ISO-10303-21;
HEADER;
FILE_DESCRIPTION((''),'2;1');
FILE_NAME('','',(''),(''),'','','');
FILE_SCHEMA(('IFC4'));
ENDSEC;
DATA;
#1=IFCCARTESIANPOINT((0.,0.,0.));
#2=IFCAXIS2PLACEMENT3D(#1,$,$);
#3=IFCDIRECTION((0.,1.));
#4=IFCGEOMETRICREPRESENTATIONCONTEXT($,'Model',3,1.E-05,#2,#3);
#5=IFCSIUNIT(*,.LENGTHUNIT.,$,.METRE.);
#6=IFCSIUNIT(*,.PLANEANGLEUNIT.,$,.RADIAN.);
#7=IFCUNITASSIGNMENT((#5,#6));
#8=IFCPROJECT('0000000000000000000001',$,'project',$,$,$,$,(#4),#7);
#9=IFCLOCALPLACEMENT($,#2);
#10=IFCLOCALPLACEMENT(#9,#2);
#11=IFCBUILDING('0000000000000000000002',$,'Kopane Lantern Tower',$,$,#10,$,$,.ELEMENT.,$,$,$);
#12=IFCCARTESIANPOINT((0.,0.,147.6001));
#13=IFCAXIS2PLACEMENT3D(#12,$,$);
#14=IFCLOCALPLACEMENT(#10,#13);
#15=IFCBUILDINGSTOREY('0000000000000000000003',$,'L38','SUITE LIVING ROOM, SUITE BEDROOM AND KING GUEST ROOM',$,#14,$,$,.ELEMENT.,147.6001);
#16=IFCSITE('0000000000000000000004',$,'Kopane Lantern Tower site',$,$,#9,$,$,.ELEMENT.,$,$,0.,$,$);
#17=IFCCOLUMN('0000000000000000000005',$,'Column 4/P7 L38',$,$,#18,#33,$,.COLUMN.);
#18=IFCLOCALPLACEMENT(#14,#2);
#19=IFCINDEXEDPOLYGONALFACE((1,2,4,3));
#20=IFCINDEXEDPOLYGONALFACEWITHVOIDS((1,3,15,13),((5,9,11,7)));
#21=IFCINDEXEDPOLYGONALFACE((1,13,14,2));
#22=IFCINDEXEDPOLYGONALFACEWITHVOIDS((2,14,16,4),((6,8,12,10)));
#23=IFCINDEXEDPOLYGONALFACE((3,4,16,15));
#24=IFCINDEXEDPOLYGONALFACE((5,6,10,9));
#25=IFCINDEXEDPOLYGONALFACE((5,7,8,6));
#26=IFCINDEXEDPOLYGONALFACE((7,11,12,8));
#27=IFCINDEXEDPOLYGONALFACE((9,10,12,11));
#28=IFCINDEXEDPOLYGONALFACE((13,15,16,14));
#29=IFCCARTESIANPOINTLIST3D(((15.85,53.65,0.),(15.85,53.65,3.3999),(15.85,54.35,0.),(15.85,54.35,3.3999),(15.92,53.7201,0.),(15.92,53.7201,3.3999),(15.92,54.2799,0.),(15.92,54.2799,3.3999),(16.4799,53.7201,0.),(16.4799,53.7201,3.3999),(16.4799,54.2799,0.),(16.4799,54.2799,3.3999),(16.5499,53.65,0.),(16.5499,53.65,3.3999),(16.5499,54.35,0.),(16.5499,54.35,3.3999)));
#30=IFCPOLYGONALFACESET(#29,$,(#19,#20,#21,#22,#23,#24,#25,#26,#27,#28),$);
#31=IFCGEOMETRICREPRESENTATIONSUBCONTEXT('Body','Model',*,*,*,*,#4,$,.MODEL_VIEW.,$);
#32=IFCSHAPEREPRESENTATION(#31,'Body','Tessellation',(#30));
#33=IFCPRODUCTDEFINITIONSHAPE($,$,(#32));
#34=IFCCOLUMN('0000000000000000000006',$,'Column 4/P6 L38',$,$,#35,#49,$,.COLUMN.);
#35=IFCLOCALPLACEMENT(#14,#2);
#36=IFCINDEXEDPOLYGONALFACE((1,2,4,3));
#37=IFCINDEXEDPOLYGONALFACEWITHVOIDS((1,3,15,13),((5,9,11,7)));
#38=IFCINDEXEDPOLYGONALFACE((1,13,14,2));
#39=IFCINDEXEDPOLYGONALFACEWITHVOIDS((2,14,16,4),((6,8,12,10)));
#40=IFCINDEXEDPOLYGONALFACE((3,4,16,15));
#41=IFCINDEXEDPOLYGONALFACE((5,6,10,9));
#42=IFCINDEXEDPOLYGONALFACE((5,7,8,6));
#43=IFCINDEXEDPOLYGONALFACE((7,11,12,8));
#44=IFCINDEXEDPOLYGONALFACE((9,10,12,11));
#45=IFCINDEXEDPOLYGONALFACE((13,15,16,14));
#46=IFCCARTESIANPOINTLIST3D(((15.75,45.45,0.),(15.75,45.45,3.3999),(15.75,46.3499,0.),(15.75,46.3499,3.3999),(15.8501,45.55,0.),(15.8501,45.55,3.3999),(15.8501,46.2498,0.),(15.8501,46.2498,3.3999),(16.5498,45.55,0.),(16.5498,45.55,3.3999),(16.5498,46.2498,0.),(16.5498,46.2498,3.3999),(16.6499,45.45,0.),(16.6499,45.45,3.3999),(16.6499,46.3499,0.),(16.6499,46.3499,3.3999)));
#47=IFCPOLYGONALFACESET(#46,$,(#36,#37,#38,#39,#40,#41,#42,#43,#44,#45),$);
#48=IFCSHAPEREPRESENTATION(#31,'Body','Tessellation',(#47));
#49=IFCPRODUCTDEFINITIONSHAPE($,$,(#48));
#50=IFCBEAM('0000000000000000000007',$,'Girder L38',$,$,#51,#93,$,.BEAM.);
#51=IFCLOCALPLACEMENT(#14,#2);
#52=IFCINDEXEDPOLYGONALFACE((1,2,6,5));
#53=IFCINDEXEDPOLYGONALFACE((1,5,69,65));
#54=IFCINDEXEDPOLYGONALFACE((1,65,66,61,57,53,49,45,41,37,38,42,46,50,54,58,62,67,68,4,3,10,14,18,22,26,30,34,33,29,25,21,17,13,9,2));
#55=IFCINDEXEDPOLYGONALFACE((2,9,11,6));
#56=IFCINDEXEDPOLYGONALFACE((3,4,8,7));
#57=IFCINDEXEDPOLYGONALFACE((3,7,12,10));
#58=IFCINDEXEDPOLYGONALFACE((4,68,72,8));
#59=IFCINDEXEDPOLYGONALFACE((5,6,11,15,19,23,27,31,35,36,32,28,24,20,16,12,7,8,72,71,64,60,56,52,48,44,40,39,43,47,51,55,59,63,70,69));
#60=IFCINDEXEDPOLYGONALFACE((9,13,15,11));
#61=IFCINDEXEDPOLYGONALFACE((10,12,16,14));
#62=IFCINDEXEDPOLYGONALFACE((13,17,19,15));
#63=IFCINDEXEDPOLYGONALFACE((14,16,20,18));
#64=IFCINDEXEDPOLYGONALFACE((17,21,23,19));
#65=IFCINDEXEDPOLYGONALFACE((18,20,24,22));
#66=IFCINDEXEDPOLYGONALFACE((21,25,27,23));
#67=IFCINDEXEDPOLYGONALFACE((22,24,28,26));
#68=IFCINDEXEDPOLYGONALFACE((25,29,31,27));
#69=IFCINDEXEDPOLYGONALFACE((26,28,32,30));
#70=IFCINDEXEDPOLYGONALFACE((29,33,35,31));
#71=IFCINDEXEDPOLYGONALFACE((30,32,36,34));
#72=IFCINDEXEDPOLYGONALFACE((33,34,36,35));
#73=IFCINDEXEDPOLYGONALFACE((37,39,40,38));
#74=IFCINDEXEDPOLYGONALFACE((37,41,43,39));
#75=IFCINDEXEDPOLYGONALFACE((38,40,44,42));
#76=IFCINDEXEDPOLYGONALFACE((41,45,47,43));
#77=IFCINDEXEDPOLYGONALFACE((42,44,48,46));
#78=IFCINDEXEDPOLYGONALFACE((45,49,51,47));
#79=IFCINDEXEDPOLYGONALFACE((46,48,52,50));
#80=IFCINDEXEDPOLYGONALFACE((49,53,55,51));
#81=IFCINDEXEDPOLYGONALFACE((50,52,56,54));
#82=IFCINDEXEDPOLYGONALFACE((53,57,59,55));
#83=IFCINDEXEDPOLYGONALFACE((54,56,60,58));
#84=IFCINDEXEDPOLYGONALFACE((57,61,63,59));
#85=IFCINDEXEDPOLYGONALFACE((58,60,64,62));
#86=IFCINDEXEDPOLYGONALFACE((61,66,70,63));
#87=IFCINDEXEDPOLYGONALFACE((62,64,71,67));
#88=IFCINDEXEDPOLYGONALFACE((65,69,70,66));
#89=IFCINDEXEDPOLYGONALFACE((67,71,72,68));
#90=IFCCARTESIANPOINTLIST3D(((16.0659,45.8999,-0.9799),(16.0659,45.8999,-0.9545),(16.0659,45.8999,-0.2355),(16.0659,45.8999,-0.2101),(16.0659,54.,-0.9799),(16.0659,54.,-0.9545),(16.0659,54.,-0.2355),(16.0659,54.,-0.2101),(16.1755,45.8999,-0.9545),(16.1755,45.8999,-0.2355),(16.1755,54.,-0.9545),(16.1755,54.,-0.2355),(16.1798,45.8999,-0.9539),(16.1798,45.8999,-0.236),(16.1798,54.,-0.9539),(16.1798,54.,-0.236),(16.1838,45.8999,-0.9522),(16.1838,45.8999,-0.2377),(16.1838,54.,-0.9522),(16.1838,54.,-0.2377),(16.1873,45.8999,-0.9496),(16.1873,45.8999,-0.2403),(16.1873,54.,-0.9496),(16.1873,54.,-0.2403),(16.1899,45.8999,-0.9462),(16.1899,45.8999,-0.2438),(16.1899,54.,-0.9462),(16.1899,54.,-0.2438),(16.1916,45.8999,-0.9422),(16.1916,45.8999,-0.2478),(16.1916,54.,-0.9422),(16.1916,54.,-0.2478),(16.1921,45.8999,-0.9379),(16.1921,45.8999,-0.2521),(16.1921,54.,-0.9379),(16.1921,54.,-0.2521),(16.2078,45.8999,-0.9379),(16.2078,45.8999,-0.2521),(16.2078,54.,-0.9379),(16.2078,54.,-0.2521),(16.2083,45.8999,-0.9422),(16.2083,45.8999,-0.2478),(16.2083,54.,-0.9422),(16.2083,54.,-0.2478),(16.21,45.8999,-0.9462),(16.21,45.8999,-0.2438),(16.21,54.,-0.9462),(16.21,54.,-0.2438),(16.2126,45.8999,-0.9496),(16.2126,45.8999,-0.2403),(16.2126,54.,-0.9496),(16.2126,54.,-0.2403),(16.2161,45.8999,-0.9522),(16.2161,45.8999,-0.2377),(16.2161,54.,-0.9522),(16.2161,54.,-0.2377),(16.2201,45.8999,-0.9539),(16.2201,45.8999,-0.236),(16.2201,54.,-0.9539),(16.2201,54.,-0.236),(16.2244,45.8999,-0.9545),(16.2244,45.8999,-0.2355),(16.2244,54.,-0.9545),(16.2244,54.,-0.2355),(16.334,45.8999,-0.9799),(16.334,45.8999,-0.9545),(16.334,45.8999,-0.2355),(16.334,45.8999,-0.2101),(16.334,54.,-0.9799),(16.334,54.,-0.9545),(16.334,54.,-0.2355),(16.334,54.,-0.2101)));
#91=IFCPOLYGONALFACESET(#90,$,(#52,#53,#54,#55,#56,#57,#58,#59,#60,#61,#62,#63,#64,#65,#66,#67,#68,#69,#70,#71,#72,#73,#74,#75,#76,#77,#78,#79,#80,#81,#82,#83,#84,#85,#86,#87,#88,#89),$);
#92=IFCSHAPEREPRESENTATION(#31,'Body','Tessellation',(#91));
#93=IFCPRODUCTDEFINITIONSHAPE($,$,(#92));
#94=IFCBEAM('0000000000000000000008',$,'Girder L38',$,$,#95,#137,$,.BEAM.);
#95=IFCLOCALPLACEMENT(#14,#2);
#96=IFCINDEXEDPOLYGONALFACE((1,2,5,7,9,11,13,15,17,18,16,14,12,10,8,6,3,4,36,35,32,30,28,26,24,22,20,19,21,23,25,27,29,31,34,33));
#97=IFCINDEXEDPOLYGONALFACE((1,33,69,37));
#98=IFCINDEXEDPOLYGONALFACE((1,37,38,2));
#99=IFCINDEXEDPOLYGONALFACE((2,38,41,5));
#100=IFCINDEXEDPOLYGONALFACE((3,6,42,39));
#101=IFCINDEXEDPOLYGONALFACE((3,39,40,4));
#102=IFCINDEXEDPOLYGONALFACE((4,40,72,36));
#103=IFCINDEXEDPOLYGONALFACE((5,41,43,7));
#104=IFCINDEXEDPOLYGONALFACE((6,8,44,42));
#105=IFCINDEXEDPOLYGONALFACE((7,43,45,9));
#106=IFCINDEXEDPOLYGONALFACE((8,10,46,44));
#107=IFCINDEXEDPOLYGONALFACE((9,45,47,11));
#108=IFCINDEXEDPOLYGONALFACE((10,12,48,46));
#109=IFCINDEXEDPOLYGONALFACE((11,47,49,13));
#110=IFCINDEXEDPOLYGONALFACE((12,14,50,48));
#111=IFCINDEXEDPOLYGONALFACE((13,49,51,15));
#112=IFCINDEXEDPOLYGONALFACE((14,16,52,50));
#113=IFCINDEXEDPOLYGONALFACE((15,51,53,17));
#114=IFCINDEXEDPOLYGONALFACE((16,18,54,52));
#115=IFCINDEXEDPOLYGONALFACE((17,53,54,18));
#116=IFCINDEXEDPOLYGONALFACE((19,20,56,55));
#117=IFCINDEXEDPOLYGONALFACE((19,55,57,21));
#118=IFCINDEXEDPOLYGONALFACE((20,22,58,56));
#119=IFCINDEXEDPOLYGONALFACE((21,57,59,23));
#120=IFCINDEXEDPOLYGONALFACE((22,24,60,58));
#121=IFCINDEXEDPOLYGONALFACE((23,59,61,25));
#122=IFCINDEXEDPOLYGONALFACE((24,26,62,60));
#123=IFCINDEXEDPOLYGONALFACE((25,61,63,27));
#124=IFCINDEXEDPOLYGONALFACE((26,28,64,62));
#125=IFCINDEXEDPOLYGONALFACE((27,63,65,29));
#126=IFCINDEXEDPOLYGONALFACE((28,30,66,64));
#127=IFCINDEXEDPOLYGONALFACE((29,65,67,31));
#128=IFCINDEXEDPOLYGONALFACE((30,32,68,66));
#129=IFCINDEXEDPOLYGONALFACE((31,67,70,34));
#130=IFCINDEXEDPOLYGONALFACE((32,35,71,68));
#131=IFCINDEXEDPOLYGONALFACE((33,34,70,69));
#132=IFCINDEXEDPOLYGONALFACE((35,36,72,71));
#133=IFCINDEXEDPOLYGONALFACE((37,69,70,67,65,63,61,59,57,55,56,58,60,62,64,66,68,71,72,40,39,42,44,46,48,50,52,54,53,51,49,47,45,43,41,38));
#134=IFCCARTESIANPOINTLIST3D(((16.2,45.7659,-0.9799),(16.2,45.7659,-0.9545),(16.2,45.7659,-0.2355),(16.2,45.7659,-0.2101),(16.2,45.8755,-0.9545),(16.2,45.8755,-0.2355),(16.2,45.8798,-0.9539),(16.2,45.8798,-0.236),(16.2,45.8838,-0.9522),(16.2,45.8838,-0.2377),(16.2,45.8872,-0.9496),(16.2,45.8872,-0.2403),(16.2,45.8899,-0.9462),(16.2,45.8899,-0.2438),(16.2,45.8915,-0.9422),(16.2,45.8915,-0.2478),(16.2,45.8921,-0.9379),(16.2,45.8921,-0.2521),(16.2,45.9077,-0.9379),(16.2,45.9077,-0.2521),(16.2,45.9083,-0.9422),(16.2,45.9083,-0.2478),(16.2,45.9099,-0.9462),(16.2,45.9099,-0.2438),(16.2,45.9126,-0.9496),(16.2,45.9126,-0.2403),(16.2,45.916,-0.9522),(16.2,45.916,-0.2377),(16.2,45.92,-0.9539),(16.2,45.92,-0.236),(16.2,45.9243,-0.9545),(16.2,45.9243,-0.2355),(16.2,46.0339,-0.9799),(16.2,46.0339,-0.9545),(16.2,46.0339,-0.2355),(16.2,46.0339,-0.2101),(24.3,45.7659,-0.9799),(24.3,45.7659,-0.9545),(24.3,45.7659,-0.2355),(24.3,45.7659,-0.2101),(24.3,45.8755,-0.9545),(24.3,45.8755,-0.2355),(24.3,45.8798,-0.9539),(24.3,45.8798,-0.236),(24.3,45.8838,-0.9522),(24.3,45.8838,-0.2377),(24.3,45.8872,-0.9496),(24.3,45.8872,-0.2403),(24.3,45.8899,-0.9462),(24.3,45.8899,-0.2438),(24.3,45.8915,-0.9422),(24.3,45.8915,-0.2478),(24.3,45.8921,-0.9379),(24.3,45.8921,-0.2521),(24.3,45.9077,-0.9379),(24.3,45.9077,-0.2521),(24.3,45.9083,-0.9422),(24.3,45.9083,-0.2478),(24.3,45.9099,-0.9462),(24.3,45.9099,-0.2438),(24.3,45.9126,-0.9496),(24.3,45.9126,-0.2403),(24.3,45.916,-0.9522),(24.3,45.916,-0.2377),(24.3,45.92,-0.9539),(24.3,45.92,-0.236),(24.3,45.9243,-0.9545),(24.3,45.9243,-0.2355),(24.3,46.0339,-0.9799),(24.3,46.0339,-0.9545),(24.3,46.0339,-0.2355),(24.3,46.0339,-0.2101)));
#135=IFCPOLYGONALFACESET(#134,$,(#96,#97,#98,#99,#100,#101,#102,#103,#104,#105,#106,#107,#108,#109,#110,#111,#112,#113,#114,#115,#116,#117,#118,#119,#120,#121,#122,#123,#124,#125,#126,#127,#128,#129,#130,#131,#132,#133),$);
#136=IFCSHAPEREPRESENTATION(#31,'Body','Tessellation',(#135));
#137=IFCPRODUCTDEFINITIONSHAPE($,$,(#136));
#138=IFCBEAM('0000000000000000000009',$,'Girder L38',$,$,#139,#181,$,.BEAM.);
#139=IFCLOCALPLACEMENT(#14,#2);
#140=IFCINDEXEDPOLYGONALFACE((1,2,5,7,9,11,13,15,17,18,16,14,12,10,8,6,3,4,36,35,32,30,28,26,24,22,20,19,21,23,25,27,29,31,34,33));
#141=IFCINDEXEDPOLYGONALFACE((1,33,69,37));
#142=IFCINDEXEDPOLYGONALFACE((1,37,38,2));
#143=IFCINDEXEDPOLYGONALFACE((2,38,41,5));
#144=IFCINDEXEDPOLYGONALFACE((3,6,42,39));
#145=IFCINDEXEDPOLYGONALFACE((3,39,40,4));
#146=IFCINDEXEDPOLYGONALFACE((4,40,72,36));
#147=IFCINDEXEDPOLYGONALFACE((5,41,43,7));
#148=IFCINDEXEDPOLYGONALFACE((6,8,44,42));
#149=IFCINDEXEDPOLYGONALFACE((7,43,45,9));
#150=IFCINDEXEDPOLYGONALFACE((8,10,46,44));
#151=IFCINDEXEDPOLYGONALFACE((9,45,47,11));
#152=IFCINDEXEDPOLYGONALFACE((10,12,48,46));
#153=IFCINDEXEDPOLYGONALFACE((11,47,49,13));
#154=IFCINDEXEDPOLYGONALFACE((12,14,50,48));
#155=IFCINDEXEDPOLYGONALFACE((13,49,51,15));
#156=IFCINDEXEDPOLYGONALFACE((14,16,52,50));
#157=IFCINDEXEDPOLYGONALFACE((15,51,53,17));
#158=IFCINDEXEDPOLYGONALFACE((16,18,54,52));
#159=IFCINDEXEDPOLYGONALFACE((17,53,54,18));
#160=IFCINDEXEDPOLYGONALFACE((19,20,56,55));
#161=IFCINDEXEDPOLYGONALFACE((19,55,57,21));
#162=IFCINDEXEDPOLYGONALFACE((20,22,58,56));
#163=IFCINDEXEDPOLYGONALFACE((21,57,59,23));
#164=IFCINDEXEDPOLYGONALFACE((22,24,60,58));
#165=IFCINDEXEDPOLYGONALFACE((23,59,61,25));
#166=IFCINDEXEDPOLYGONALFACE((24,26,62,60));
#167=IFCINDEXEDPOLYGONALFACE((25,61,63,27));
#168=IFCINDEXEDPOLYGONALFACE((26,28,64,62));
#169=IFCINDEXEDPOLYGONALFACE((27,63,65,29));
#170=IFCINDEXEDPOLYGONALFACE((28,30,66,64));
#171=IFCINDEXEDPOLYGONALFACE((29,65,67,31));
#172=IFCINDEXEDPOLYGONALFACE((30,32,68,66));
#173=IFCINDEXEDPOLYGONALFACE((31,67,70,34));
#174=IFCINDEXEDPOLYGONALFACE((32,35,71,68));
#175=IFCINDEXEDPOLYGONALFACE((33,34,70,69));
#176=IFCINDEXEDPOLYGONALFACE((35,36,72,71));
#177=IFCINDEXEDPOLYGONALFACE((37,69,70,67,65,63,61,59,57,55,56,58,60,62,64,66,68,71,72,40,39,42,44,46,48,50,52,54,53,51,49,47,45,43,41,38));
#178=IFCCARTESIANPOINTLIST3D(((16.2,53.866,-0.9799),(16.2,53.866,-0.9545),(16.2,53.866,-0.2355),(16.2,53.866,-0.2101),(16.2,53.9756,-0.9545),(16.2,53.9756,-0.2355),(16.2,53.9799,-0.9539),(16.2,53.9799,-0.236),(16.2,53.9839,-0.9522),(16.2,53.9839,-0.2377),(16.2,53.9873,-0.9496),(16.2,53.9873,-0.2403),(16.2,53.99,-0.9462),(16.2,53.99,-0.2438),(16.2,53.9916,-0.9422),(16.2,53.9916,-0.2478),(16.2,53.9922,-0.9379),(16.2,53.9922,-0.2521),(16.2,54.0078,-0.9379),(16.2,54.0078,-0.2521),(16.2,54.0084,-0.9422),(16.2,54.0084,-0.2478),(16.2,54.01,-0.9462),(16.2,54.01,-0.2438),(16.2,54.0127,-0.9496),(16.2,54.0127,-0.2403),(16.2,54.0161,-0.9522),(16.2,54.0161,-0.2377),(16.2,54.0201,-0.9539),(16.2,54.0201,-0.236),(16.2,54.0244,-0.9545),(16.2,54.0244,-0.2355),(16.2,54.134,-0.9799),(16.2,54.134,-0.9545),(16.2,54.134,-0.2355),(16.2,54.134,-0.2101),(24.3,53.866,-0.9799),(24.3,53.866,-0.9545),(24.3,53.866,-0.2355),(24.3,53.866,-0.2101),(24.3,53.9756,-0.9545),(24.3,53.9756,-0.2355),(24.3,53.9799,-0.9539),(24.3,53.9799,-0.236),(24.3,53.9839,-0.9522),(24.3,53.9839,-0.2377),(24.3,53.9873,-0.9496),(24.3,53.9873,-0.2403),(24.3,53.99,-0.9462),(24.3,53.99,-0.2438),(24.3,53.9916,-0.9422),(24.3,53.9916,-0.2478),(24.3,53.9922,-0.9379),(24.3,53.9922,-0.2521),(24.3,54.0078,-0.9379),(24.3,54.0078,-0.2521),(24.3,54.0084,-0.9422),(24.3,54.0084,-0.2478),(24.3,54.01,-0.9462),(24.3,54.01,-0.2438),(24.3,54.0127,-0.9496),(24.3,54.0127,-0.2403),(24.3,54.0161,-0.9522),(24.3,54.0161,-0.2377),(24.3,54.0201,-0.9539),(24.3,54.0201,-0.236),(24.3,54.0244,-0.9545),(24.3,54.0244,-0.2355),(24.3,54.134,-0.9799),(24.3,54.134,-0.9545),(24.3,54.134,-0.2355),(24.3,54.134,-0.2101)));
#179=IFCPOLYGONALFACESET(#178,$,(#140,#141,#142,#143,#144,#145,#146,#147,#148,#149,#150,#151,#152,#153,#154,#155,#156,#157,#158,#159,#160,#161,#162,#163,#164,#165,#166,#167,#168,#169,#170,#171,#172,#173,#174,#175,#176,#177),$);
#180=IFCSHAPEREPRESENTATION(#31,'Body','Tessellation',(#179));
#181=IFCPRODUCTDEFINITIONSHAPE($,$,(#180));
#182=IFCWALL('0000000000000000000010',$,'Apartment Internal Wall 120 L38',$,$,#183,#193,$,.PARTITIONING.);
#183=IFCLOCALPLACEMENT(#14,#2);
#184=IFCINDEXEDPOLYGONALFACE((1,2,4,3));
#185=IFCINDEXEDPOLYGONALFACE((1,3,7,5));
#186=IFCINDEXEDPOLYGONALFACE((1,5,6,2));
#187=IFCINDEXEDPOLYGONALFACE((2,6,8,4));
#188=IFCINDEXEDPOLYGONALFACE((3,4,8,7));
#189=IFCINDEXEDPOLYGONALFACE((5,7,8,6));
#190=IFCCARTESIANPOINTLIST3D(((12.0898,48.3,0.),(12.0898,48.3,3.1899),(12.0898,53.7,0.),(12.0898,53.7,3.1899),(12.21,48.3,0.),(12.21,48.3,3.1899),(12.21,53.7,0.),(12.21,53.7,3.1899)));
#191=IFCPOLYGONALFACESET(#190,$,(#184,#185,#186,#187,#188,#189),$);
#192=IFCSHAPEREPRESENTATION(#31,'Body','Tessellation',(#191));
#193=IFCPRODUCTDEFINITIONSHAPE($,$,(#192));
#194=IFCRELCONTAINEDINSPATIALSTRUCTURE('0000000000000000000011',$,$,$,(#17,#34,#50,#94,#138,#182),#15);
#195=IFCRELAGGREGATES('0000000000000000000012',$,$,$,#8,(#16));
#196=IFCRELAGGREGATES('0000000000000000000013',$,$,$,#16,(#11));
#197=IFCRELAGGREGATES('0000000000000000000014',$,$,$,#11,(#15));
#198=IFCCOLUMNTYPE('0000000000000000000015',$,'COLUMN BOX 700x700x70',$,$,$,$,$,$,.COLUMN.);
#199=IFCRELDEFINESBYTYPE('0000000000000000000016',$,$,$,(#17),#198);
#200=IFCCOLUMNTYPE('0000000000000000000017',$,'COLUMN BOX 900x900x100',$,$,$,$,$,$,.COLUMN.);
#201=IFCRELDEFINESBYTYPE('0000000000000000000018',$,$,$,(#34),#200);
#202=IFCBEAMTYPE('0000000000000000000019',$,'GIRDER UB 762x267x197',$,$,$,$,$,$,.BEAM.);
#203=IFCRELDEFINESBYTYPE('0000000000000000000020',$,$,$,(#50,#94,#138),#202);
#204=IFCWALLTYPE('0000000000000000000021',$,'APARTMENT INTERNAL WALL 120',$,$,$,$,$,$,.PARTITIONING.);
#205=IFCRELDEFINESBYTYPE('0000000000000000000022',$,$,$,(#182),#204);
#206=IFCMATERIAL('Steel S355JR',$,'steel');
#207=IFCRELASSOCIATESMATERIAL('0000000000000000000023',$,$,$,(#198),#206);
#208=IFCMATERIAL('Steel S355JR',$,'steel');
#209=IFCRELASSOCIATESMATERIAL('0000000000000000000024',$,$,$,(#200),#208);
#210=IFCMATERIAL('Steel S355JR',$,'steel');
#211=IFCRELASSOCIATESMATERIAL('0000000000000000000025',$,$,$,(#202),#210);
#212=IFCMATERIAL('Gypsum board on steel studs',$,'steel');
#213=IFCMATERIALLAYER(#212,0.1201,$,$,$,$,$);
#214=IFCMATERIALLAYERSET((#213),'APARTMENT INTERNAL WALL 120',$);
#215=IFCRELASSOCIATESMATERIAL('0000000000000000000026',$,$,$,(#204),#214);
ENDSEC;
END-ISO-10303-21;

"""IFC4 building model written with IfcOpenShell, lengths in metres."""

from ifc_helpers import new_model, si_unit, direction, frame, frame_2d, origin, origin_2d, place, context, subcontext, project, spatial, rectangle, hollow_rectangle, i_section, extrude, material, layer, layer_set, material_profile, profile_set, type_object, element, save


model = new_model("IFC4")

# Units and contexts
model_context = context("Model", 3, precision=1e-05, world=origin(), true_north=direction((0.0, 1.0)))
body_context = subcontext(model_context, "Body", "Model", "MODEL_VIEW")
ifc_project = project(units=[si_unit("LENGTHUNIT", "METRE"), si_unit("PLANEANGLEUNIT", "RADIAN")], contexts=[model_context])

# Site, building, storey
site_placement = place(None, origin())
site = spatial("IfcSite", under=ifc_project, at=site_placement, Name="Kopane Lantern Tower site", CompositionType="ELEMENT", RefElevation=0.0)
building_placement = place(site_placement, origin())
building = spatial("IfcBuilding", under=site, at=building_placement, Name="Kopane Lantern Tower", CompositionType="ELEMENT")
storey_placement = place(building_placement, frame((0.0, 0.0, 147.6001)))
storey = spatial("IfcBuildingStorey", under=building, at=storey_placement, Name="L38", Description="SUITE LIVING ROOM, SUITE BEDROOM AND KING GUEST ROOM", CompositionType="ELEMENT", Elevation=147.6001)

# Columns
ifc_material_1 = material(Name="Steel S355JR", Category="steel")
ifc_material_profile_1 = material_profile(ifc_material_1, hollow_rectangle(XDim=0.7, YDim=0.7, WallThickness=0.0701, at=origin_2d()), Name="BOX 700x700x70")
ifc_profile_set_1 = profile_set([ifc_material_profile_1], Name="Steel S355JR")
column_type_1 = type_object("IfcColumnType", Name="COLUMN BOX 700x700x70", PredefinedType="COLUMN", material=ifc_profile_set_1)
column_1_placement = place(storey_placement, frame((16.2, 54.0, 0.0), z_axis=(0.0, 0.0, 1.0), x_axis=(1.0, 0.0, 0.0)))
element("IfcColumn", 1, at=column_1_placement, inside=storey, type_object=column_type_1, Name="Column 4/P7 L38", PredefinedType="COLUMN", context=body_context, shape_type="SweptSolid", body=[
    extrude(hollow_rectangle(XDim=0.7, YDim=0.7, WallThickness=0.0701, at=origin_2d()), origin(), (0.0, 0.0, 1.0), 3.3999),
])
ifc_material_2 = material(Name="Steel S355JR", Category="steel")
ifc_material_profile_2 = material_profile(ifc_material_2, hollow_rectangle(XDim=0.8999, YDim=0.8999, WallThickness=0.1001, at=origin_2d()), Name="BOX 900x900x100")
ifc_profile_set_2 = profile_set([ifc_material_profile_2], Name="Steel S355JR")
column_type_2 = type_object("IfcColumnType", Name="COLUMN BOX 900x900x100", PredefinedType="COLUMN", material=ifc_profile_set_2)
column_2_placement = place(storey_placement, frame((16.2, 45.8999, 0.0), z_axis=(0.0, 0.0, 1.0), x_axis=(1.0, 0.0, 0.0)))
element("IfcColumn", 2, at=column_2_placement, inside=storey, type_object=column_type_2, Name="Column 4/P6 L38", PredefinedType="COLUMN", context=body_context, shape_type="SweptSolid", body=[
    extrude(hollow_rectangle(XDim=0.8999, YDim=0.8999, WallThickness=0.1001, at=origin_2d()), origin(), (0.0, 0.0, 1.0), 3.3999),
])

# Beams
ifc_material_3 = material(Name="Steel S355JR", Category="steel")
ifc_material_profile_3 = material_profile(ifc_material_3, i_section(OverallWidth=0.2681, OverallDepth=0.7698, WebThickness=0.0156, FlangeThickness=0.0254, FilletRadius=0.0166, at=origin_2d()), Name="UB 762x267x197")
ifc_profile_set_3 = profile_set([ifc_material_profile_3], Name="Steel S355JR")
beam_type = type_object("IfcBeamType", Name="GIRDER UB 762x267x197", PredefinedType="BEAM", material=ifc_profile_set_3)
for number, where, z_axis, x_axis, name in (
    (3, (16.2, 45.8999, -0.595), (0.0, 1.0, 0.0), (-1.0, 0.0, 0.0), "Girder L38"),
    (4, (16.2, 45.8999, -0.595), (1.0, 0.0, 0.0), (0.0, 1.0, 0.0), "Girder L38"),
    (5, (16.2, 54.0, -0.595), (1.0, 0.0, 0.0), (0.0, 1.0, 0.0), "Girder L38"),
):
    element("IfcBeam", number, at=place(storey_placement, frame(where, z_axis=z_axis, x_axis=x_axis)), inside=storey, type_object=beam_type, Name=name, PredefinedType="BEAM", context=body_context, shape_type="SweptSolid", body=[
        extrude(i_section(OverallWidth=0.2681, OverallDepth=0.7698, WebThickness=0.0156, FlangeThickness=0.0254, FilletRadius=0.0166, at=origin_2d()), origin(), (0.0, 0.0, 1.0), 8.1001),
    ])

# Wall
ifc_material_4 = material(Name="Gypsum board on steel studs", Category="steel")
ifc_layer_1 = layer(ifc_material_4, 0.1201)
ifc_layer_set_1 = layer_set([ifc_layer_1], Name="APARTMENT INTERNAL WALL 120")
wall_type_1 = type_object("IfcWallType", Name="APARTMENT INTERNAL WALL 120", PredefinedType="PARTITIONING", material=ifc_layer_set_1)
wall_1_placement = place(storey_placement, frame((12.1499, 48.3, 0.0), z_axis=(0.0, 0.0, 1.0), x_axis=(0.0, 1.0, 0.0)))
element("IfcWall", 6, at=wall_1_placement, inside=storey, type_object=wall_type_1, Name="Apartment Internal Wall 120 L38", PredefinedType="PARTITIONING", context=body_context, shape_type="SweptSolid", body=[
    extrude(rectangle(XDim=5.3999, YDim=0.1201, at=frame_2d((2.7, 0.0))), origin(), (0.0, 0.0, 1.0), 3.1899),
])

save(model, "model.ifc")
